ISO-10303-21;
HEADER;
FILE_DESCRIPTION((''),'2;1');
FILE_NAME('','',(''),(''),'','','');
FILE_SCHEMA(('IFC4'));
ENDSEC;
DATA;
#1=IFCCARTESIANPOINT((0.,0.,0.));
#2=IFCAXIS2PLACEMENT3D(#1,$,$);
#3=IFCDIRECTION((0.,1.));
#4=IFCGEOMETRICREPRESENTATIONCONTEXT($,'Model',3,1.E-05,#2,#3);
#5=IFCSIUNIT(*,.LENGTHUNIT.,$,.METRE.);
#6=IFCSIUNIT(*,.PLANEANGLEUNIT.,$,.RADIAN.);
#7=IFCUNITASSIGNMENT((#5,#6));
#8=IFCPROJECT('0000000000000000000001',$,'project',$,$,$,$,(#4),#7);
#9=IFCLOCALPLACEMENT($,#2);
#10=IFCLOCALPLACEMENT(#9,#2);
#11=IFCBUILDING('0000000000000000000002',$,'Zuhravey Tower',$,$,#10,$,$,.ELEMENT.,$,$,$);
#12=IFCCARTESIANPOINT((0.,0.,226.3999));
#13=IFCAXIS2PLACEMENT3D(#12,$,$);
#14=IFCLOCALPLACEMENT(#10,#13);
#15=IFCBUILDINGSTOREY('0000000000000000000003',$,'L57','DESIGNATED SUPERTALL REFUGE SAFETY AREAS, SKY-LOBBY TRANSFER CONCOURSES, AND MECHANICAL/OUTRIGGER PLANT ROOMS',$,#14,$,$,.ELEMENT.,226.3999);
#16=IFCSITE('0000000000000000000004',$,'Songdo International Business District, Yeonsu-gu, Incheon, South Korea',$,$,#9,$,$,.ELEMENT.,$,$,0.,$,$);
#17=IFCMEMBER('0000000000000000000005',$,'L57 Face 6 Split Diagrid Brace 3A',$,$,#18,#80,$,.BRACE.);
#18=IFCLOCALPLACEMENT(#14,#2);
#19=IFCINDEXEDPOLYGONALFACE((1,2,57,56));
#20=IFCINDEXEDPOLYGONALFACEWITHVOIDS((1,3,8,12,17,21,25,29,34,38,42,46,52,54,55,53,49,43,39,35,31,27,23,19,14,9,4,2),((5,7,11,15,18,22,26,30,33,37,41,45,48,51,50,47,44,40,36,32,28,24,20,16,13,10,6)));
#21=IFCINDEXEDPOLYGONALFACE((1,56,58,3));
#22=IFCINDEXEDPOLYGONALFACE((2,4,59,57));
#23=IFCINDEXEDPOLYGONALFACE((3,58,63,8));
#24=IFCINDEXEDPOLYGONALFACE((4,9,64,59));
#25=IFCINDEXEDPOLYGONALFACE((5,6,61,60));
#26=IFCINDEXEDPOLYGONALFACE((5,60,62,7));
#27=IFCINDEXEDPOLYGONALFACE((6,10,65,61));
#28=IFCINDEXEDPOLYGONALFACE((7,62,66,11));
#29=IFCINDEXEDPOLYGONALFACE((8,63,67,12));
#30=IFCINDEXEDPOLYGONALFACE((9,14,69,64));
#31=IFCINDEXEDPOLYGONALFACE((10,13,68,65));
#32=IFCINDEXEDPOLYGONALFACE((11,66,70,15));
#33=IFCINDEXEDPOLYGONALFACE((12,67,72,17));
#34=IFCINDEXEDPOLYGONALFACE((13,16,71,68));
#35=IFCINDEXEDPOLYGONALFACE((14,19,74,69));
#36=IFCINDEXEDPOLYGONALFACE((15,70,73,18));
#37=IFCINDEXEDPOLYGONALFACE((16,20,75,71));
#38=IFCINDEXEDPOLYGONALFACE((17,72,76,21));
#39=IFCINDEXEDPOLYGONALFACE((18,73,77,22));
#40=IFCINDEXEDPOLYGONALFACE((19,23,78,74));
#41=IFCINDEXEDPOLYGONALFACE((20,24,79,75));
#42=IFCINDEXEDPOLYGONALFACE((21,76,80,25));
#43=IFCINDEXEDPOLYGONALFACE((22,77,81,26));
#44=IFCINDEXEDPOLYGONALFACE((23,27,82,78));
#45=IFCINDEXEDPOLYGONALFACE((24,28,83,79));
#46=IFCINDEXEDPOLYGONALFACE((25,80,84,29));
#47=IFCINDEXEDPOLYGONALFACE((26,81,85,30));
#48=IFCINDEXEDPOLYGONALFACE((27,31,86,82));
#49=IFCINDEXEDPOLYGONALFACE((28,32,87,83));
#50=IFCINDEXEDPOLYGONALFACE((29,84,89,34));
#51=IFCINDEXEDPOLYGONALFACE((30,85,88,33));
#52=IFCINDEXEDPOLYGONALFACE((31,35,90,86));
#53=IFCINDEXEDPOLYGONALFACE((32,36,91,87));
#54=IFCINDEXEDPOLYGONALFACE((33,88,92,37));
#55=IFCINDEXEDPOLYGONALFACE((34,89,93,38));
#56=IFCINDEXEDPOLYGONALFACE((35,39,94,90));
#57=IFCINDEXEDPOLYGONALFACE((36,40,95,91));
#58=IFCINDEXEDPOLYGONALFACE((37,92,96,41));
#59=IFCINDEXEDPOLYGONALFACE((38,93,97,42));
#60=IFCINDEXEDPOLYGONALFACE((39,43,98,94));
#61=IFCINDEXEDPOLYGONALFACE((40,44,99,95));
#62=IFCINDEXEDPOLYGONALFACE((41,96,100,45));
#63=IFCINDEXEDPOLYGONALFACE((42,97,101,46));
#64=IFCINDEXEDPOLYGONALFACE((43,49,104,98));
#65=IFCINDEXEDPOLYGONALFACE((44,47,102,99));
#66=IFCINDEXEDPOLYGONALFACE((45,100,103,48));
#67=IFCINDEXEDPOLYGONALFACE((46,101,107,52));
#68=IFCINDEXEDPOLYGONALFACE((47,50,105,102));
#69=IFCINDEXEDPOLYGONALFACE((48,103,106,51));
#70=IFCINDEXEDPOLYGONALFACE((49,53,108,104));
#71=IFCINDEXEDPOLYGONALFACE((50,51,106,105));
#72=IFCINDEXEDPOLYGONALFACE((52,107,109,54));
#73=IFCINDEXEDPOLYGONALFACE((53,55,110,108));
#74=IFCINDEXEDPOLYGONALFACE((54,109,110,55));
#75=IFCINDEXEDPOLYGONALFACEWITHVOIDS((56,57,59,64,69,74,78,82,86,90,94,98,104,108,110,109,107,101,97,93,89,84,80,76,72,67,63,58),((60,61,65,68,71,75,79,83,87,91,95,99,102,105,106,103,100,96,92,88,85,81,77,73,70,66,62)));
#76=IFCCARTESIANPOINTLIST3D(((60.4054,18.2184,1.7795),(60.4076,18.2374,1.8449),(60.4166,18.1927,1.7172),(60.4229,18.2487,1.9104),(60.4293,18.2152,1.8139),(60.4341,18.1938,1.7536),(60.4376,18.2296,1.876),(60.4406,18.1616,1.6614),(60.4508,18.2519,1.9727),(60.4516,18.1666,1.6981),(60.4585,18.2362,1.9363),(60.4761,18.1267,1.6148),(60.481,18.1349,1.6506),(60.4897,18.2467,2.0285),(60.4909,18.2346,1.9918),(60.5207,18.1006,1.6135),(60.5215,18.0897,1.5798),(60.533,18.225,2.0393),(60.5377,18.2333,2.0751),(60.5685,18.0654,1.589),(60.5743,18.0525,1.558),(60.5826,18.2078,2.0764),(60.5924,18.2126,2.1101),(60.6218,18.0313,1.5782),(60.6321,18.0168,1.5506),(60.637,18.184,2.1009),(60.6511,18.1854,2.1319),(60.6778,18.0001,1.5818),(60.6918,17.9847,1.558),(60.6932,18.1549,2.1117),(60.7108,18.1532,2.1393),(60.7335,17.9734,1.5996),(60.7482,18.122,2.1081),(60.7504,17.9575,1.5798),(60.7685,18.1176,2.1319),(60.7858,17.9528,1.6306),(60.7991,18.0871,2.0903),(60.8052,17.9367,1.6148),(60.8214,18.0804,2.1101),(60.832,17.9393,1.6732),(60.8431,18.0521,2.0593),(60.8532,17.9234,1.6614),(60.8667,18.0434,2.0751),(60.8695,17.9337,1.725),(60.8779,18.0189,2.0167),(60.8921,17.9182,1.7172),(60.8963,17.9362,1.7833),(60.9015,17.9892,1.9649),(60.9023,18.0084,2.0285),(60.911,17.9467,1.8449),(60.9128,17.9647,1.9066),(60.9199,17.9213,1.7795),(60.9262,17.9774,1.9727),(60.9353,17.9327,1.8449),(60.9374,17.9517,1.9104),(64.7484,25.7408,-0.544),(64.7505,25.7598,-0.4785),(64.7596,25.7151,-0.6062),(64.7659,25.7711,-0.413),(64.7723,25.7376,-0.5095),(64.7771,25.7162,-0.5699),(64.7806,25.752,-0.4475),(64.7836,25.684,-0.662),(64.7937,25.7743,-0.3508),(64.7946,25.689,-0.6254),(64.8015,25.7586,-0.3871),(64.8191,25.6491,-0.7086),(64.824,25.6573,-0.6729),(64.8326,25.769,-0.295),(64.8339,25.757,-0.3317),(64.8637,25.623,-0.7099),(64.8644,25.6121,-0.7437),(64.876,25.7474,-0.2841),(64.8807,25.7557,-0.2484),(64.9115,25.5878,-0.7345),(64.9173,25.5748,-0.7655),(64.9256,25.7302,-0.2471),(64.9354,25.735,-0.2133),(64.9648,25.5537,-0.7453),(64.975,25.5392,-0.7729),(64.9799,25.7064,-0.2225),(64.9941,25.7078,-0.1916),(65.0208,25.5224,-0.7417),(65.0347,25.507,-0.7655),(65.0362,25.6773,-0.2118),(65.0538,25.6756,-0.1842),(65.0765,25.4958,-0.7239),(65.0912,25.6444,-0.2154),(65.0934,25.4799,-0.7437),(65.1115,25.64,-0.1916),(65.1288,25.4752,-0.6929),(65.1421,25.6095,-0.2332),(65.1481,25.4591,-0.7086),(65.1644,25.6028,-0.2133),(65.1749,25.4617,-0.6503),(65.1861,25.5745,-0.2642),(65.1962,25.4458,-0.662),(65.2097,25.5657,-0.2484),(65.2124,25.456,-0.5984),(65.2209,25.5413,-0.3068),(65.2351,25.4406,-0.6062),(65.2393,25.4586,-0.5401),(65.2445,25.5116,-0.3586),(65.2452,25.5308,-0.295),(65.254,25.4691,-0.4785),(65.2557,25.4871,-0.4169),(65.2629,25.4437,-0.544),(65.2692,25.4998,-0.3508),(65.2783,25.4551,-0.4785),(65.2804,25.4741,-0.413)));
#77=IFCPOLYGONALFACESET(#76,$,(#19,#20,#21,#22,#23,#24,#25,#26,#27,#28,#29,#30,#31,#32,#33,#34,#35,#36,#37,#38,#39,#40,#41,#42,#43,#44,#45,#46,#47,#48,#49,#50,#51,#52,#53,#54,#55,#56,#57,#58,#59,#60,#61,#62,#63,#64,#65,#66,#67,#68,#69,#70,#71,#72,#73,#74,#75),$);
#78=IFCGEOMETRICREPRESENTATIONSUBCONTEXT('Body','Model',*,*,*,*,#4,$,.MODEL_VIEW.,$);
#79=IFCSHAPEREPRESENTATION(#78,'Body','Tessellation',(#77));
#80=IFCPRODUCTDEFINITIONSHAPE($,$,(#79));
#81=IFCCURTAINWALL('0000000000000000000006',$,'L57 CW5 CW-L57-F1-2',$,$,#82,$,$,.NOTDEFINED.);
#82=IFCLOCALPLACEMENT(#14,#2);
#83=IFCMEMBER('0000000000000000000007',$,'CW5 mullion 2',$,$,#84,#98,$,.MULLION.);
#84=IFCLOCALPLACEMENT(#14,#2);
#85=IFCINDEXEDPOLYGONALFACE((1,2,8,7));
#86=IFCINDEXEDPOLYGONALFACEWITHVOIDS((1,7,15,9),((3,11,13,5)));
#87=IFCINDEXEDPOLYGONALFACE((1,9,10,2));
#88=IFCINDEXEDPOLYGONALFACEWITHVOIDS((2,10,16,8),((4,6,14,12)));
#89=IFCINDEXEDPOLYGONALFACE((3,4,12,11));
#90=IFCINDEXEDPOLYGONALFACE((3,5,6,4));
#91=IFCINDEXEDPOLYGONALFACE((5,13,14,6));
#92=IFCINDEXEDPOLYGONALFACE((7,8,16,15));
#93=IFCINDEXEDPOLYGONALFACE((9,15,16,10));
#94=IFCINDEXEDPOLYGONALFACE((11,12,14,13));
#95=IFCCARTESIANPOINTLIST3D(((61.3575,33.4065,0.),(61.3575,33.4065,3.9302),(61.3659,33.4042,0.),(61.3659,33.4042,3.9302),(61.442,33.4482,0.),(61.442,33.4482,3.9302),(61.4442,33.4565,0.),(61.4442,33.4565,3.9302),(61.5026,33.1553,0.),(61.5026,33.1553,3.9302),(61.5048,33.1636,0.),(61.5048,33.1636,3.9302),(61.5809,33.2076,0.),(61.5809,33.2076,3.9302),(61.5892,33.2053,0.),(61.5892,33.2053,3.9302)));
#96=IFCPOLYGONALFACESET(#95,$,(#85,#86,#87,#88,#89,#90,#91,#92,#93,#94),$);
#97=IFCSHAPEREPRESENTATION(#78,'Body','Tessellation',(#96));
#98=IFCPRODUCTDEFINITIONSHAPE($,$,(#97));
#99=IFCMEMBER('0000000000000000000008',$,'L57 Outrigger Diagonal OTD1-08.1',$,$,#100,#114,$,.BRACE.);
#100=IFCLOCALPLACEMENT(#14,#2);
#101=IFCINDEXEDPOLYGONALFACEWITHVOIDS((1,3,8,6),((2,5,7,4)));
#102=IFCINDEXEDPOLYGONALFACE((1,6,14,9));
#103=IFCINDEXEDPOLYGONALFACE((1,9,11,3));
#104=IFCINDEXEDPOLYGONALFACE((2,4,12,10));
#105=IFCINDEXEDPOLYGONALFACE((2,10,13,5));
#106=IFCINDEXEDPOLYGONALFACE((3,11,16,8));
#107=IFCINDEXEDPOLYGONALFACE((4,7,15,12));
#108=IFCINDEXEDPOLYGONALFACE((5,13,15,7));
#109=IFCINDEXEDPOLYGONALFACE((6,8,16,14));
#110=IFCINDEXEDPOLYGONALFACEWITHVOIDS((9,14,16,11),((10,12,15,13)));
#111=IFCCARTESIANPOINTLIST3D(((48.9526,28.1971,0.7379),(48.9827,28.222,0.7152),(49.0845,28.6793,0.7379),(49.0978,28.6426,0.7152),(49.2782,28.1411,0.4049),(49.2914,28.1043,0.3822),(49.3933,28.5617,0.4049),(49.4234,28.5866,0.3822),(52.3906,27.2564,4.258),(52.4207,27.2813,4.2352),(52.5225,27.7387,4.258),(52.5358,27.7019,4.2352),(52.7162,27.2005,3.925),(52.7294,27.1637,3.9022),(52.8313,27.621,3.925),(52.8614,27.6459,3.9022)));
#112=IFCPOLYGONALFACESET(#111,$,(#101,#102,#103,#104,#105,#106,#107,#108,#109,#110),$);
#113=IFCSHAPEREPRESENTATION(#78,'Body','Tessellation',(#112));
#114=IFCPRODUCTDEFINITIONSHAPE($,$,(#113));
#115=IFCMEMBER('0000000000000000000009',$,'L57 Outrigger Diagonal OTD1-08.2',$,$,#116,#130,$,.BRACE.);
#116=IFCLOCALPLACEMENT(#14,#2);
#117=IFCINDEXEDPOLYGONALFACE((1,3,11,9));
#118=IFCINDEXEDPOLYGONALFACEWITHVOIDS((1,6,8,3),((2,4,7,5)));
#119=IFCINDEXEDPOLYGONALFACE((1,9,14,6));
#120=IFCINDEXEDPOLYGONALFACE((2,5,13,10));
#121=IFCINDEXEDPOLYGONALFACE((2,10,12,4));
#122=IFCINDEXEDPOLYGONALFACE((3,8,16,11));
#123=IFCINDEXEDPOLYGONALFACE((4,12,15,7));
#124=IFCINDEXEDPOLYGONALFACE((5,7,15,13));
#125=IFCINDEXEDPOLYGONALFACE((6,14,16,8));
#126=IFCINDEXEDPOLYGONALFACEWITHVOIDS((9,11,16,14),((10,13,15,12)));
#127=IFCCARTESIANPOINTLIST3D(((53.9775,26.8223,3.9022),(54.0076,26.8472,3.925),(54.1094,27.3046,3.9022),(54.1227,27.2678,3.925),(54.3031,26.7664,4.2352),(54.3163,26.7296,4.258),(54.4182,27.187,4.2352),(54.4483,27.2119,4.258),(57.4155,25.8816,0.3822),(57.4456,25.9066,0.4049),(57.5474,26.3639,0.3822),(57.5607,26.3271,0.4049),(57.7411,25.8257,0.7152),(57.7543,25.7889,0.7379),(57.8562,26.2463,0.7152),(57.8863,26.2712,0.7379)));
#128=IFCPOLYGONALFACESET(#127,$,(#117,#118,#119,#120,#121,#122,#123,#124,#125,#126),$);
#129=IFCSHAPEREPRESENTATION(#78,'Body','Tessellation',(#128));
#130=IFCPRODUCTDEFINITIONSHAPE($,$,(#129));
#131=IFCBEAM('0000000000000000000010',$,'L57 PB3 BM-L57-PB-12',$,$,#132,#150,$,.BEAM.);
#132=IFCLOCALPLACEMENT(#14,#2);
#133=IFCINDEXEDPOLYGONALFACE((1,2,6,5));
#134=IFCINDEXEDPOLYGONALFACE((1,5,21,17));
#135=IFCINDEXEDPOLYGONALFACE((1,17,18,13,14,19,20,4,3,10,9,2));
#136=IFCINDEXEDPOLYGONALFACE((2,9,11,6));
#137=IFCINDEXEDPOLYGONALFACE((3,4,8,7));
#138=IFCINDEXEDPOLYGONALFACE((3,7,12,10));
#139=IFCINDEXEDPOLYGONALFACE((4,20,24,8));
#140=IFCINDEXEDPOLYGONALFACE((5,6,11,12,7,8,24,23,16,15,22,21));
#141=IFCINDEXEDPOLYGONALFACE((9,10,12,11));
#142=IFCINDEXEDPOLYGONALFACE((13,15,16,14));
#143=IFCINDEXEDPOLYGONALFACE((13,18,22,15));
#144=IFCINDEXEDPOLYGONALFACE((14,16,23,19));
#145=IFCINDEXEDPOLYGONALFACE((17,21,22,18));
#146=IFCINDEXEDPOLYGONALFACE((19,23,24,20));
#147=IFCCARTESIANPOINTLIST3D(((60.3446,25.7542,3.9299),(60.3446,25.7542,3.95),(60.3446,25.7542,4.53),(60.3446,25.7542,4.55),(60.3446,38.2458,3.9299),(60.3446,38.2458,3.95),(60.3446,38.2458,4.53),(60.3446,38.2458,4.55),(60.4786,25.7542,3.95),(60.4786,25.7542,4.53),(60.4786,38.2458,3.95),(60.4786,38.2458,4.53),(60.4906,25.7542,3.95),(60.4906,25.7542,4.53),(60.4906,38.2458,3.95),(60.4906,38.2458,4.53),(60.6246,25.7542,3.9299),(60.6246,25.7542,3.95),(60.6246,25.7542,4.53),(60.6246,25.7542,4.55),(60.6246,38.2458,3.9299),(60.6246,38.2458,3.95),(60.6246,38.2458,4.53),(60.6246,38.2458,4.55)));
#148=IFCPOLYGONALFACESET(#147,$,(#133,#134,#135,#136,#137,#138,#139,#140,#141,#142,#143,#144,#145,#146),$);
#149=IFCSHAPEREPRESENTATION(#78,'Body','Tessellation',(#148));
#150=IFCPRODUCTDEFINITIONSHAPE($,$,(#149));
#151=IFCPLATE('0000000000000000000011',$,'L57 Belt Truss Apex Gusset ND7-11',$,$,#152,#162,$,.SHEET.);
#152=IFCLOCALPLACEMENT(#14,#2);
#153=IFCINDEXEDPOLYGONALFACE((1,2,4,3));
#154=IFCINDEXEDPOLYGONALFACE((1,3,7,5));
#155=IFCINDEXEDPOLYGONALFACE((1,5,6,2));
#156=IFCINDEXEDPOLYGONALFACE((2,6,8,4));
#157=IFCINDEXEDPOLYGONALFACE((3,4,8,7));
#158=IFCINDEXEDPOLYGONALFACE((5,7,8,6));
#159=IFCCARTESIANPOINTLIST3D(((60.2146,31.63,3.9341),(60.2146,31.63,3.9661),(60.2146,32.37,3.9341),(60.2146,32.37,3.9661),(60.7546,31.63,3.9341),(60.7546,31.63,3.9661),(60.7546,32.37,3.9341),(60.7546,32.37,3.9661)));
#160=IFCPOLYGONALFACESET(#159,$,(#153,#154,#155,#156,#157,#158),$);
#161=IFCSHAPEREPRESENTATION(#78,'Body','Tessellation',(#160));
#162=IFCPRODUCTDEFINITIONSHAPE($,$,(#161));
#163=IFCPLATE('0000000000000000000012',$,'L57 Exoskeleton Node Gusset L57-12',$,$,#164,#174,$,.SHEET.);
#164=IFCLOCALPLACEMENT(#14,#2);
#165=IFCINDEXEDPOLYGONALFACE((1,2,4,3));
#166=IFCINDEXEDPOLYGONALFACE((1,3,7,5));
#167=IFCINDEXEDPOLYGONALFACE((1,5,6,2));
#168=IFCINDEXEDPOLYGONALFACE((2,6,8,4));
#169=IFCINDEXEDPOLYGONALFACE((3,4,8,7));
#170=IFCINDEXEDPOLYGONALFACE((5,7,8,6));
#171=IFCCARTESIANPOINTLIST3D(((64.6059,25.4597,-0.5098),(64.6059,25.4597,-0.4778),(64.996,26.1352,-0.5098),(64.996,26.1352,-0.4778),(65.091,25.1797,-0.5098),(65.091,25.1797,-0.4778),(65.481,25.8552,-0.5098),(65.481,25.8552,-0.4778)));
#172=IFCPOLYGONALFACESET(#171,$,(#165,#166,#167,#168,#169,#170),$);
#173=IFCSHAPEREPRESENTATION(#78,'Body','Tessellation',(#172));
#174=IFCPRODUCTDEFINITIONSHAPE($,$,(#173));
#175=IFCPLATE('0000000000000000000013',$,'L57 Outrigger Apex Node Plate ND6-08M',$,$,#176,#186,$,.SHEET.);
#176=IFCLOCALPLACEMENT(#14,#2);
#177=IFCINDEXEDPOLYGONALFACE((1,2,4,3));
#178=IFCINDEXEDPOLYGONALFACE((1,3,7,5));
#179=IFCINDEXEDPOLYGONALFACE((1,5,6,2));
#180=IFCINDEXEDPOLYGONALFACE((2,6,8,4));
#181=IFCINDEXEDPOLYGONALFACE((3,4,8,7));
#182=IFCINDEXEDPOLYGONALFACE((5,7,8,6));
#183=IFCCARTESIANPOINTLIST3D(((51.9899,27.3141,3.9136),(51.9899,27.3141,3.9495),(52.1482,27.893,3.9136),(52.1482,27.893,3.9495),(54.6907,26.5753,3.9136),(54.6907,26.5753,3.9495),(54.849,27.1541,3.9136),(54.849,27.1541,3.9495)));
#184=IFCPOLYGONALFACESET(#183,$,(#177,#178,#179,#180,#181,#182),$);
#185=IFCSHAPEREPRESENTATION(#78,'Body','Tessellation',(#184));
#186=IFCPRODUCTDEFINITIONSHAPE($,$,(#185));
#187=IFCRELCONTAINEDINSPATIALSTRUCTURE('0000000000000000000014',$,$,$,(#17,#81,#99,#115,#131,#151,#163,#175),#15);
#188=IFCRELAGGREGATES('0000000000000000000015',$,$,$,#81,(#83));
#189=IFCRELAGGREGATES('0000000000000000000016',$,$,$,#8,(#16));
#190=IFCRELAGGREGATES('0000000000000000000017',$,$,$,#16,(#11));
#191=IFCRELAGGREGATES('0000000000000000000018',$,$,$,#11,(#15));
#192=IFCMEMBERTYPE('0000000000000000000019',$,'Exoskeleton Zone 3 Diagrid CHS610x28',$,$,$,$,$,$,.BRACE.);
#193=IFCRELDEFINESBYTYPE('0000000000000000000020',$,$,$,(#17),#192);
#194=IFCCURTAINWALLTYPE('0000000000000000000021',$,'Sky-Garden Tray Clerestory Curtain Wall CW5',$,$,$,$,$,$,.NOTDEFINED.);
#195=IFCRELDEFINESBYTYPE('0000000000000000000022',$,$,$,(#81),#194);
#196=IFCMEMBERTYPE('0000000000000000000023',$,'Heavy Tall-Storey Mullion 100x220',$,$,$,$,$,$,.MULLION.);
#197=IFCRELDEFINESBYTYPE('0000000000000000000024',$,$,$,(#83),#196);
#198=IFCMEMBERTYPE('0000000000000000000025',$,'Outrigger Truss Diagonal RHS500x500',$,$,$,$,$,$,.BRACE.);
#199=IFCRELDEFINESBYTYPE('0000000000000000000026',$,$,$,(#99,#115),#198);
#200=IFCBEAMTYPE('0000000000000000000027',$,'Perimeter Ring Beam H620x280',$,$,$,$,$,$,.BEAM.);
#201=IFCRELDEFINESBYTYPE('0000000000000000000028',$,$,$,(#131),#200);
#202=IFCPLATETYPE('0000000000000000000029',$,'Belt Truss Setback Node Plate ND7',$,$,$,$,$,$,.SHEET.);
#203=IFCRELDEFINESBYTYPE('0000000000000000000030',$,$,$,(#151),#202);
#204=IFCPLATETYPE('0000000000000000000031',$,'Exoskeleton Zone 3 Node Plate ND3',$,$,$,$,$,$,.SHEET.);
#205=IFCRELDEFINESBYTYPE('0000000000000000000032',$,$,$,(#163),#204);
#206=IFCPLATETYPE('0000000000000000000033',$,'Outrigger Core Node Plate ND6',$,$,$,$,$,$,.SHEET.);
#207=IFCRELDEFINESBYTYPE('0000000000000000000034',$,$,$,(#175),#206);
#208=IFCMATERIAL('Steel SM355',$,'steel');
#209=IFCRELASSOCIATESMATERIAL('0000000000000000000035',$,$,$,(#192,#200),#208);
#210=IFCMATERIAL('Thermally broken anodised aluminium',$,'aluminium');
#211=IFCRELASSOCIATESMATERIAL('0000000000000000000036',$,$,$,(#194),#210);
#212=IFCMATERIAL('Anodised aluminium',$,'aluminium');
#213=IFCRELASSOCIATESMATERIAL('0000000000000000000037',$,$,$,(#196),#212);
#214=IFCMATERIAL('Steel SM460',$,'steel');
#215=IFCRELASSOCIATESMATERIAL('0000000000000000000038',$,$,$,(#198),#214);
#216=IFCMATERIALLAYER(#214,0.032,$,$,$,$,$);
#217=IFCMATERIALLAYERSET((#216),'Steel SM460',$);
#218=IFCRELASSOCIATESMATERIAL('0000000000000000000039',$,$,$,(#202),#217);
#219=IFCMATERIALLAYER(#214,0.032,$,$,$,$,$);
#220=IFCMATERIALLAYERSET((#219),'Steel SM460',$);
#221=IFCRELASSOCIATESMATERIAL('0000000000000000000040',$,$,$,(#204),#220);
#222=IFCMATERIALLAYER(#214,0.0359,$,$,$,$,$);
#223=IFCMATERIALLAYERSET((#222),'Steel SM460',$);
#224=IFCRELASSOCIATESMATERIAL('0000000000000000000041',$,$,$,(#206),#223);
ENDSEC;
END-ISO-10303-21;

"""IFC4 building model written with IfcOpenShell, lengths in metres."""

from ifc_helpers import new_model, si_unit, direction, frame, origin, origin_2d, place, context, subcontext, project, spatial, rectangle, hollow_rectangle, hollow_circle, i_section, extrude, material, layer, layer_set, material_profile, profile_set, type_object, element, aggregate, save


model = new_model("IFC4")

# Units and contexts
model_context = context("Model", 3, precision=1e-05, world=origin(), true_north=direction((0.0, 1.0)))
body_context = subcontext(model_context, "Body", "Model", "MODEL_VIEW")
ifc_project = project(units=[si_unit("LENGTHUNIT", "METRE"), si_unit("PLANEANGLEUNIT", "RADIAN")], contexts=[model_context])

# Site, building, storey
site_placement = place(None, origin())
site = spatial("IfcSite", under=ifc_project, at=site_placement, Name="Songdo International Business District, Yeonsu-gu, Incheon, South Korea", CompositionType="ELEMENT", RefElevation=0.0)
building_placement = place(site_placement, origin())
building = spatial("IfcBuilding", under=site, at=building_placement, Name="Zuhravey Tower", CompositionType="ELEMENT")
storey_placement = place(building_placement, frame((0.0, 0.0, 226.3999)))
storey = spatial("IfcBuildingStorey", under=building, at=storey_placement, Name="L57", Description="DESIGNATED SUPERTALL REFUGE SAFETY AREAS, SKY-LOBBY TRANSFER CONCOURSES, AND MECHANICAL/OUTRIGGER PLANT ROOMS", CompositionType="ELEMENT", Elevation=226.3999)

# Shared definitions
ifc_material_1 = material(Name="Steel SM355", Category="steel")

# Shared definitions
ifc_material_2 = material(Name="Steel SM460", Category="steel")

# Member
ifc_material_profile_1 = material_profile(ifc_material_1, hollow_circle(Radius=0.3047, WallThickness=0.0281, at=origin_2d()), Name="CHS-609.6x28")
ifc_profile_set_1 = profile_set([ifc_material_profile_1], Name="Steel SM355")
member_type_1 = type_object("IfcMemberType", Name="Exoskeleton Zone 3 Diagrid CHS610x28", PredefinedType="BRACE", material=ifc_profile_set_1)
member_1_placement = place(storey_placement, frame((65.0144, 25.6074, -0.4785), z_axis=(-0.483011, -0.836615, 0.258408), x_axis=(0.866029, -0.499993, 0.0)))
element("IfcMember", 1, at=member_1_placement, inside=storey, type_object=member_type_1, Name="L57 Face 6 Split Diagrid Brace 3A", PredefinedType="BRACE", context=body_context, shape_type="SweptSolid", body=[
    extrude(hollow_circle(Radius=0.3047, WallThickness=0.0281, at=origin_2d()), origin(), (0.0, 0.0, 1.0), 8.9915),
])

# Curtain wall, member
ifc_material_3 = material(Name="Thermally broken anodised aluminium", Category="aluminium")
curtain_wall_type = type_object("IfcCurtainWallType", Name="Sky-Garden Tray Clerestory Curtain Wall CW5", PredefinedType="NOTDEFINED", material=ifc_material_3)
curtain_wall_placement = place(storey_placement, origin())
curtain_wall = element("IfcCurtainWall", 2, at=curtain_wall_placement, inside=storey, type_object=curtain_wall_type, Name="L57 CW5 CW-L57-F1-2", PredefinedType="NOTDEFINED")
ifc_material_4 = material(Name="Anodised aluminium", Category="aluminium")
ifc_material_profile_2 = material_profile(ifc_material_4, hollow_rectangle(XDim=0.1001, YDim=0.29, WallThickness=0.0061, at=origin_2d()), Name="ALU-RHS-100x290x6")
ifc_profile_set_2 = profile_set([ifc_material_profile_2], Name="Anodised aluminium")
member_type_2 = type_object("IfcMemberType", Name="Heavy Tall-Storey Mullion 100x220", PredefinedType="MULLION", material=ifc_profile_set_2)
member_2_placement = place(storey_placement, frame((61.4734, 33.3059, 0.0), z_axis=(0.0, 0.0, 1.0), x_axis=(0.866028, 0.499996, 0.0)))
member_2 = element("IfcMember", 3, at=member_2_placement, type_object=member_type_2, Name="CW5 mullion 2", PredefinedType="MULLION", context=body_context, shape_type="SweptSolid", body=[
    extrude(hollow_rectangle(XDim=0.1001, YDim=0.29, WallThickness=0.0061, at=origin_2d()), origin(), (0.0, 0.0, 1.0), 3.9302),
])
aggregate(curtain_wall, [member_2])

# Members
ifc_material_profile_3 = material_profile(ifc_material_2, hollow_rectangle(XDim=0.5, YDim=0.5, WallThickness=0.032, at=origin_2d()), Name="RHS-500x500x32")
ifc_profile_set_3 = profile_set([ifc_material_profile_3], Name="Steel SM460")
member_type_3 = type_object("IfcMemberType", Name="Outrigger Truss Diagonal RHS500x500", PredefinedType="BRACE", material=ifc_profile_set_3)
for number, where, z_axis, x_axis, name in (
    (4, (49.188, 28.3918, 0.5601), (0.686293, -0.187778, 0.702668), (0.263911, 0.964547, 0.0), "L57 Outrigger Diagonal OTD1-08.1"),
    (5, (57.6509, 26.0764, 0.5601), (-0.686293, 0.187778, 0.702668), (-0.263911, -0.964547, 0.0), "L57 Outrigger Diagonal OTD1-08.2"),
):
    element("IfcMember", number, at=place(storey_placement, frame(where, z_axis=z_axis, x_axis=x_axis)), inside=storey, type_object=member_type_3, Name=name, PredefinedType="BRACE", context=body_context, shape_type="SweptSolid", body=[
        extrude(hollow_rectangle(XDim=0.5, YDim=0.5, WallThickness=0.032, at=origin_2d()), origin(), (0.0, 0.0, 1.0), 5.0095),
    ])

# Beam
ifc_material_profile_4 = material_profile(ifc_material_1, i_section(OverallWidth=0.28, OverallDepth=0.6201, WebThickness=0.012, FlangeThickness=0.02, at=origin_2d()), Name="H-620x280x12x20")
ifc_profile_set_4 = profile_set([ifc_material_profile_4], Name="Steel SM355")
beam_type_1 = type_object("IfcBeamType", Name="Perimeter Ring Beam H620x280", PredefinedType="BEAM", material=ifc_profile_set_4)
beam_1_placement = place(storey_placement, frame((60.4846, 25.7542, 4.24), z_axis=(0.0, 1.0, 0.0), x_axis=(-1.0, 0.0, 0.0)))
element("IfcBeam", 6, at=beam_1_placement, inside=storey, type_object=beam_type_1, Name="L57 PB3 BM-L57-PB-12", PredefinedType="BEAM", context=body_context, shape_type="SweptSolid", body=[
    extrude(i_section(OverallWidth=0.28, OverallDepth=0.6201, WebThickness=0.012, FlangeThickness=0.02, at=origin_2d()), origin(), (0.0, 0.0, 1.0), 12.4917),
])

# Plates
ifc_layer_1 = layer(ifc_material_2, 0.032)
ifc_layer_set_1 = layer_set([ifc_layer_1], Name="Steel SM460")
plate_type_1 = type_object("IfcPlateType", Name="Belt Truss Setback Node Plate ND7", PredefinedType="SHEET", material=ifc_layer_set_1)
plate_1_placement = place(storey_placement, frame((60.4846, 32.0, 3.9341), z_axis=(0.0, 0.0, 1.0), x_axis=(0.0, 1.0, 0.0)))
element("IfcPlate", 7, at=plate_1_placement, inside=storey, type_object=plate_type_1, Name="L57 Belt Truss Apex Gusset ND7-11", PredefinedType="SHEET", context=body_context, shape_type="SweptSolid", body=[
    extrude(rectangle(XDim=0.74, YDim=0.54, at=origin_2d()), origin(), (0.0, 0.0, 1.0), 0.032),
])
ifc_layer_2 = layer(ifc_material_2, 0.032)
ifc_layer_set_2 = layer_set([ifc_layer_2], Name="Steel SM460")
plate_type_2 = type_object("IfcPlateType", Name="Exoskeleton Zone 3 Node Plate ND3", PredefinedType="SHEET", material=ifc_layer_set_2)
plate_2_placement = place(storey_placement, frame((65.0435, 25.6575, -0.5098), z_axis=(0.0, 0.0, 1.0), x_axis=(0.5, 0.866025, 0.0)))
element("IfcPlate", 8, at=plate_2_placement, inside=storey, type_object=plate_type_2, Name="L57 Exoskeleton Node Gusset L57-12", PredefinedType="SHEET", context=body_context, shape_type="SweptSolid", body=[
    extrude(rectangle(XDim=0.78, YDim=0.5601, at=origin_2d()), origin(), (0.0, 0.0, 1.0), 0.032),
])
ifc_layer_3 = layer(ifc_material_2, 0.0359)
ifc_layer_set_3 = layer_set([ifc_layer_3], Name="Steel SM460")
plate_type_3 = type_object("IfcPlateType", Name="Outrigger Core Node Plate ND6", PredefinedType="SHEET", material=ifc_layer_set_3)
plate_3_placement = place(storey_placement, frame((53.4194, 27.2341, 3.9136), z_axis=(0.0, 0.0, 1.0), x_axis=(0.964557, -0.263873, 0.0)))
element("IfcPlate", 9, at=plate_3_placement, inside=storey, type_object=plate_type_3, Name="L57 Outrigger Apex Node Plate ND6-08M", PredefinedType="SHEET", context=body_context, shape_type="SweptSolid", body=[
    extrude(rectangle(XDim=2.8, YDim=0.6001, at=origin_2d()), origin(), (0.0, 0.0, 1.0), 0.0359),
])

save(model, "model.ifc")
